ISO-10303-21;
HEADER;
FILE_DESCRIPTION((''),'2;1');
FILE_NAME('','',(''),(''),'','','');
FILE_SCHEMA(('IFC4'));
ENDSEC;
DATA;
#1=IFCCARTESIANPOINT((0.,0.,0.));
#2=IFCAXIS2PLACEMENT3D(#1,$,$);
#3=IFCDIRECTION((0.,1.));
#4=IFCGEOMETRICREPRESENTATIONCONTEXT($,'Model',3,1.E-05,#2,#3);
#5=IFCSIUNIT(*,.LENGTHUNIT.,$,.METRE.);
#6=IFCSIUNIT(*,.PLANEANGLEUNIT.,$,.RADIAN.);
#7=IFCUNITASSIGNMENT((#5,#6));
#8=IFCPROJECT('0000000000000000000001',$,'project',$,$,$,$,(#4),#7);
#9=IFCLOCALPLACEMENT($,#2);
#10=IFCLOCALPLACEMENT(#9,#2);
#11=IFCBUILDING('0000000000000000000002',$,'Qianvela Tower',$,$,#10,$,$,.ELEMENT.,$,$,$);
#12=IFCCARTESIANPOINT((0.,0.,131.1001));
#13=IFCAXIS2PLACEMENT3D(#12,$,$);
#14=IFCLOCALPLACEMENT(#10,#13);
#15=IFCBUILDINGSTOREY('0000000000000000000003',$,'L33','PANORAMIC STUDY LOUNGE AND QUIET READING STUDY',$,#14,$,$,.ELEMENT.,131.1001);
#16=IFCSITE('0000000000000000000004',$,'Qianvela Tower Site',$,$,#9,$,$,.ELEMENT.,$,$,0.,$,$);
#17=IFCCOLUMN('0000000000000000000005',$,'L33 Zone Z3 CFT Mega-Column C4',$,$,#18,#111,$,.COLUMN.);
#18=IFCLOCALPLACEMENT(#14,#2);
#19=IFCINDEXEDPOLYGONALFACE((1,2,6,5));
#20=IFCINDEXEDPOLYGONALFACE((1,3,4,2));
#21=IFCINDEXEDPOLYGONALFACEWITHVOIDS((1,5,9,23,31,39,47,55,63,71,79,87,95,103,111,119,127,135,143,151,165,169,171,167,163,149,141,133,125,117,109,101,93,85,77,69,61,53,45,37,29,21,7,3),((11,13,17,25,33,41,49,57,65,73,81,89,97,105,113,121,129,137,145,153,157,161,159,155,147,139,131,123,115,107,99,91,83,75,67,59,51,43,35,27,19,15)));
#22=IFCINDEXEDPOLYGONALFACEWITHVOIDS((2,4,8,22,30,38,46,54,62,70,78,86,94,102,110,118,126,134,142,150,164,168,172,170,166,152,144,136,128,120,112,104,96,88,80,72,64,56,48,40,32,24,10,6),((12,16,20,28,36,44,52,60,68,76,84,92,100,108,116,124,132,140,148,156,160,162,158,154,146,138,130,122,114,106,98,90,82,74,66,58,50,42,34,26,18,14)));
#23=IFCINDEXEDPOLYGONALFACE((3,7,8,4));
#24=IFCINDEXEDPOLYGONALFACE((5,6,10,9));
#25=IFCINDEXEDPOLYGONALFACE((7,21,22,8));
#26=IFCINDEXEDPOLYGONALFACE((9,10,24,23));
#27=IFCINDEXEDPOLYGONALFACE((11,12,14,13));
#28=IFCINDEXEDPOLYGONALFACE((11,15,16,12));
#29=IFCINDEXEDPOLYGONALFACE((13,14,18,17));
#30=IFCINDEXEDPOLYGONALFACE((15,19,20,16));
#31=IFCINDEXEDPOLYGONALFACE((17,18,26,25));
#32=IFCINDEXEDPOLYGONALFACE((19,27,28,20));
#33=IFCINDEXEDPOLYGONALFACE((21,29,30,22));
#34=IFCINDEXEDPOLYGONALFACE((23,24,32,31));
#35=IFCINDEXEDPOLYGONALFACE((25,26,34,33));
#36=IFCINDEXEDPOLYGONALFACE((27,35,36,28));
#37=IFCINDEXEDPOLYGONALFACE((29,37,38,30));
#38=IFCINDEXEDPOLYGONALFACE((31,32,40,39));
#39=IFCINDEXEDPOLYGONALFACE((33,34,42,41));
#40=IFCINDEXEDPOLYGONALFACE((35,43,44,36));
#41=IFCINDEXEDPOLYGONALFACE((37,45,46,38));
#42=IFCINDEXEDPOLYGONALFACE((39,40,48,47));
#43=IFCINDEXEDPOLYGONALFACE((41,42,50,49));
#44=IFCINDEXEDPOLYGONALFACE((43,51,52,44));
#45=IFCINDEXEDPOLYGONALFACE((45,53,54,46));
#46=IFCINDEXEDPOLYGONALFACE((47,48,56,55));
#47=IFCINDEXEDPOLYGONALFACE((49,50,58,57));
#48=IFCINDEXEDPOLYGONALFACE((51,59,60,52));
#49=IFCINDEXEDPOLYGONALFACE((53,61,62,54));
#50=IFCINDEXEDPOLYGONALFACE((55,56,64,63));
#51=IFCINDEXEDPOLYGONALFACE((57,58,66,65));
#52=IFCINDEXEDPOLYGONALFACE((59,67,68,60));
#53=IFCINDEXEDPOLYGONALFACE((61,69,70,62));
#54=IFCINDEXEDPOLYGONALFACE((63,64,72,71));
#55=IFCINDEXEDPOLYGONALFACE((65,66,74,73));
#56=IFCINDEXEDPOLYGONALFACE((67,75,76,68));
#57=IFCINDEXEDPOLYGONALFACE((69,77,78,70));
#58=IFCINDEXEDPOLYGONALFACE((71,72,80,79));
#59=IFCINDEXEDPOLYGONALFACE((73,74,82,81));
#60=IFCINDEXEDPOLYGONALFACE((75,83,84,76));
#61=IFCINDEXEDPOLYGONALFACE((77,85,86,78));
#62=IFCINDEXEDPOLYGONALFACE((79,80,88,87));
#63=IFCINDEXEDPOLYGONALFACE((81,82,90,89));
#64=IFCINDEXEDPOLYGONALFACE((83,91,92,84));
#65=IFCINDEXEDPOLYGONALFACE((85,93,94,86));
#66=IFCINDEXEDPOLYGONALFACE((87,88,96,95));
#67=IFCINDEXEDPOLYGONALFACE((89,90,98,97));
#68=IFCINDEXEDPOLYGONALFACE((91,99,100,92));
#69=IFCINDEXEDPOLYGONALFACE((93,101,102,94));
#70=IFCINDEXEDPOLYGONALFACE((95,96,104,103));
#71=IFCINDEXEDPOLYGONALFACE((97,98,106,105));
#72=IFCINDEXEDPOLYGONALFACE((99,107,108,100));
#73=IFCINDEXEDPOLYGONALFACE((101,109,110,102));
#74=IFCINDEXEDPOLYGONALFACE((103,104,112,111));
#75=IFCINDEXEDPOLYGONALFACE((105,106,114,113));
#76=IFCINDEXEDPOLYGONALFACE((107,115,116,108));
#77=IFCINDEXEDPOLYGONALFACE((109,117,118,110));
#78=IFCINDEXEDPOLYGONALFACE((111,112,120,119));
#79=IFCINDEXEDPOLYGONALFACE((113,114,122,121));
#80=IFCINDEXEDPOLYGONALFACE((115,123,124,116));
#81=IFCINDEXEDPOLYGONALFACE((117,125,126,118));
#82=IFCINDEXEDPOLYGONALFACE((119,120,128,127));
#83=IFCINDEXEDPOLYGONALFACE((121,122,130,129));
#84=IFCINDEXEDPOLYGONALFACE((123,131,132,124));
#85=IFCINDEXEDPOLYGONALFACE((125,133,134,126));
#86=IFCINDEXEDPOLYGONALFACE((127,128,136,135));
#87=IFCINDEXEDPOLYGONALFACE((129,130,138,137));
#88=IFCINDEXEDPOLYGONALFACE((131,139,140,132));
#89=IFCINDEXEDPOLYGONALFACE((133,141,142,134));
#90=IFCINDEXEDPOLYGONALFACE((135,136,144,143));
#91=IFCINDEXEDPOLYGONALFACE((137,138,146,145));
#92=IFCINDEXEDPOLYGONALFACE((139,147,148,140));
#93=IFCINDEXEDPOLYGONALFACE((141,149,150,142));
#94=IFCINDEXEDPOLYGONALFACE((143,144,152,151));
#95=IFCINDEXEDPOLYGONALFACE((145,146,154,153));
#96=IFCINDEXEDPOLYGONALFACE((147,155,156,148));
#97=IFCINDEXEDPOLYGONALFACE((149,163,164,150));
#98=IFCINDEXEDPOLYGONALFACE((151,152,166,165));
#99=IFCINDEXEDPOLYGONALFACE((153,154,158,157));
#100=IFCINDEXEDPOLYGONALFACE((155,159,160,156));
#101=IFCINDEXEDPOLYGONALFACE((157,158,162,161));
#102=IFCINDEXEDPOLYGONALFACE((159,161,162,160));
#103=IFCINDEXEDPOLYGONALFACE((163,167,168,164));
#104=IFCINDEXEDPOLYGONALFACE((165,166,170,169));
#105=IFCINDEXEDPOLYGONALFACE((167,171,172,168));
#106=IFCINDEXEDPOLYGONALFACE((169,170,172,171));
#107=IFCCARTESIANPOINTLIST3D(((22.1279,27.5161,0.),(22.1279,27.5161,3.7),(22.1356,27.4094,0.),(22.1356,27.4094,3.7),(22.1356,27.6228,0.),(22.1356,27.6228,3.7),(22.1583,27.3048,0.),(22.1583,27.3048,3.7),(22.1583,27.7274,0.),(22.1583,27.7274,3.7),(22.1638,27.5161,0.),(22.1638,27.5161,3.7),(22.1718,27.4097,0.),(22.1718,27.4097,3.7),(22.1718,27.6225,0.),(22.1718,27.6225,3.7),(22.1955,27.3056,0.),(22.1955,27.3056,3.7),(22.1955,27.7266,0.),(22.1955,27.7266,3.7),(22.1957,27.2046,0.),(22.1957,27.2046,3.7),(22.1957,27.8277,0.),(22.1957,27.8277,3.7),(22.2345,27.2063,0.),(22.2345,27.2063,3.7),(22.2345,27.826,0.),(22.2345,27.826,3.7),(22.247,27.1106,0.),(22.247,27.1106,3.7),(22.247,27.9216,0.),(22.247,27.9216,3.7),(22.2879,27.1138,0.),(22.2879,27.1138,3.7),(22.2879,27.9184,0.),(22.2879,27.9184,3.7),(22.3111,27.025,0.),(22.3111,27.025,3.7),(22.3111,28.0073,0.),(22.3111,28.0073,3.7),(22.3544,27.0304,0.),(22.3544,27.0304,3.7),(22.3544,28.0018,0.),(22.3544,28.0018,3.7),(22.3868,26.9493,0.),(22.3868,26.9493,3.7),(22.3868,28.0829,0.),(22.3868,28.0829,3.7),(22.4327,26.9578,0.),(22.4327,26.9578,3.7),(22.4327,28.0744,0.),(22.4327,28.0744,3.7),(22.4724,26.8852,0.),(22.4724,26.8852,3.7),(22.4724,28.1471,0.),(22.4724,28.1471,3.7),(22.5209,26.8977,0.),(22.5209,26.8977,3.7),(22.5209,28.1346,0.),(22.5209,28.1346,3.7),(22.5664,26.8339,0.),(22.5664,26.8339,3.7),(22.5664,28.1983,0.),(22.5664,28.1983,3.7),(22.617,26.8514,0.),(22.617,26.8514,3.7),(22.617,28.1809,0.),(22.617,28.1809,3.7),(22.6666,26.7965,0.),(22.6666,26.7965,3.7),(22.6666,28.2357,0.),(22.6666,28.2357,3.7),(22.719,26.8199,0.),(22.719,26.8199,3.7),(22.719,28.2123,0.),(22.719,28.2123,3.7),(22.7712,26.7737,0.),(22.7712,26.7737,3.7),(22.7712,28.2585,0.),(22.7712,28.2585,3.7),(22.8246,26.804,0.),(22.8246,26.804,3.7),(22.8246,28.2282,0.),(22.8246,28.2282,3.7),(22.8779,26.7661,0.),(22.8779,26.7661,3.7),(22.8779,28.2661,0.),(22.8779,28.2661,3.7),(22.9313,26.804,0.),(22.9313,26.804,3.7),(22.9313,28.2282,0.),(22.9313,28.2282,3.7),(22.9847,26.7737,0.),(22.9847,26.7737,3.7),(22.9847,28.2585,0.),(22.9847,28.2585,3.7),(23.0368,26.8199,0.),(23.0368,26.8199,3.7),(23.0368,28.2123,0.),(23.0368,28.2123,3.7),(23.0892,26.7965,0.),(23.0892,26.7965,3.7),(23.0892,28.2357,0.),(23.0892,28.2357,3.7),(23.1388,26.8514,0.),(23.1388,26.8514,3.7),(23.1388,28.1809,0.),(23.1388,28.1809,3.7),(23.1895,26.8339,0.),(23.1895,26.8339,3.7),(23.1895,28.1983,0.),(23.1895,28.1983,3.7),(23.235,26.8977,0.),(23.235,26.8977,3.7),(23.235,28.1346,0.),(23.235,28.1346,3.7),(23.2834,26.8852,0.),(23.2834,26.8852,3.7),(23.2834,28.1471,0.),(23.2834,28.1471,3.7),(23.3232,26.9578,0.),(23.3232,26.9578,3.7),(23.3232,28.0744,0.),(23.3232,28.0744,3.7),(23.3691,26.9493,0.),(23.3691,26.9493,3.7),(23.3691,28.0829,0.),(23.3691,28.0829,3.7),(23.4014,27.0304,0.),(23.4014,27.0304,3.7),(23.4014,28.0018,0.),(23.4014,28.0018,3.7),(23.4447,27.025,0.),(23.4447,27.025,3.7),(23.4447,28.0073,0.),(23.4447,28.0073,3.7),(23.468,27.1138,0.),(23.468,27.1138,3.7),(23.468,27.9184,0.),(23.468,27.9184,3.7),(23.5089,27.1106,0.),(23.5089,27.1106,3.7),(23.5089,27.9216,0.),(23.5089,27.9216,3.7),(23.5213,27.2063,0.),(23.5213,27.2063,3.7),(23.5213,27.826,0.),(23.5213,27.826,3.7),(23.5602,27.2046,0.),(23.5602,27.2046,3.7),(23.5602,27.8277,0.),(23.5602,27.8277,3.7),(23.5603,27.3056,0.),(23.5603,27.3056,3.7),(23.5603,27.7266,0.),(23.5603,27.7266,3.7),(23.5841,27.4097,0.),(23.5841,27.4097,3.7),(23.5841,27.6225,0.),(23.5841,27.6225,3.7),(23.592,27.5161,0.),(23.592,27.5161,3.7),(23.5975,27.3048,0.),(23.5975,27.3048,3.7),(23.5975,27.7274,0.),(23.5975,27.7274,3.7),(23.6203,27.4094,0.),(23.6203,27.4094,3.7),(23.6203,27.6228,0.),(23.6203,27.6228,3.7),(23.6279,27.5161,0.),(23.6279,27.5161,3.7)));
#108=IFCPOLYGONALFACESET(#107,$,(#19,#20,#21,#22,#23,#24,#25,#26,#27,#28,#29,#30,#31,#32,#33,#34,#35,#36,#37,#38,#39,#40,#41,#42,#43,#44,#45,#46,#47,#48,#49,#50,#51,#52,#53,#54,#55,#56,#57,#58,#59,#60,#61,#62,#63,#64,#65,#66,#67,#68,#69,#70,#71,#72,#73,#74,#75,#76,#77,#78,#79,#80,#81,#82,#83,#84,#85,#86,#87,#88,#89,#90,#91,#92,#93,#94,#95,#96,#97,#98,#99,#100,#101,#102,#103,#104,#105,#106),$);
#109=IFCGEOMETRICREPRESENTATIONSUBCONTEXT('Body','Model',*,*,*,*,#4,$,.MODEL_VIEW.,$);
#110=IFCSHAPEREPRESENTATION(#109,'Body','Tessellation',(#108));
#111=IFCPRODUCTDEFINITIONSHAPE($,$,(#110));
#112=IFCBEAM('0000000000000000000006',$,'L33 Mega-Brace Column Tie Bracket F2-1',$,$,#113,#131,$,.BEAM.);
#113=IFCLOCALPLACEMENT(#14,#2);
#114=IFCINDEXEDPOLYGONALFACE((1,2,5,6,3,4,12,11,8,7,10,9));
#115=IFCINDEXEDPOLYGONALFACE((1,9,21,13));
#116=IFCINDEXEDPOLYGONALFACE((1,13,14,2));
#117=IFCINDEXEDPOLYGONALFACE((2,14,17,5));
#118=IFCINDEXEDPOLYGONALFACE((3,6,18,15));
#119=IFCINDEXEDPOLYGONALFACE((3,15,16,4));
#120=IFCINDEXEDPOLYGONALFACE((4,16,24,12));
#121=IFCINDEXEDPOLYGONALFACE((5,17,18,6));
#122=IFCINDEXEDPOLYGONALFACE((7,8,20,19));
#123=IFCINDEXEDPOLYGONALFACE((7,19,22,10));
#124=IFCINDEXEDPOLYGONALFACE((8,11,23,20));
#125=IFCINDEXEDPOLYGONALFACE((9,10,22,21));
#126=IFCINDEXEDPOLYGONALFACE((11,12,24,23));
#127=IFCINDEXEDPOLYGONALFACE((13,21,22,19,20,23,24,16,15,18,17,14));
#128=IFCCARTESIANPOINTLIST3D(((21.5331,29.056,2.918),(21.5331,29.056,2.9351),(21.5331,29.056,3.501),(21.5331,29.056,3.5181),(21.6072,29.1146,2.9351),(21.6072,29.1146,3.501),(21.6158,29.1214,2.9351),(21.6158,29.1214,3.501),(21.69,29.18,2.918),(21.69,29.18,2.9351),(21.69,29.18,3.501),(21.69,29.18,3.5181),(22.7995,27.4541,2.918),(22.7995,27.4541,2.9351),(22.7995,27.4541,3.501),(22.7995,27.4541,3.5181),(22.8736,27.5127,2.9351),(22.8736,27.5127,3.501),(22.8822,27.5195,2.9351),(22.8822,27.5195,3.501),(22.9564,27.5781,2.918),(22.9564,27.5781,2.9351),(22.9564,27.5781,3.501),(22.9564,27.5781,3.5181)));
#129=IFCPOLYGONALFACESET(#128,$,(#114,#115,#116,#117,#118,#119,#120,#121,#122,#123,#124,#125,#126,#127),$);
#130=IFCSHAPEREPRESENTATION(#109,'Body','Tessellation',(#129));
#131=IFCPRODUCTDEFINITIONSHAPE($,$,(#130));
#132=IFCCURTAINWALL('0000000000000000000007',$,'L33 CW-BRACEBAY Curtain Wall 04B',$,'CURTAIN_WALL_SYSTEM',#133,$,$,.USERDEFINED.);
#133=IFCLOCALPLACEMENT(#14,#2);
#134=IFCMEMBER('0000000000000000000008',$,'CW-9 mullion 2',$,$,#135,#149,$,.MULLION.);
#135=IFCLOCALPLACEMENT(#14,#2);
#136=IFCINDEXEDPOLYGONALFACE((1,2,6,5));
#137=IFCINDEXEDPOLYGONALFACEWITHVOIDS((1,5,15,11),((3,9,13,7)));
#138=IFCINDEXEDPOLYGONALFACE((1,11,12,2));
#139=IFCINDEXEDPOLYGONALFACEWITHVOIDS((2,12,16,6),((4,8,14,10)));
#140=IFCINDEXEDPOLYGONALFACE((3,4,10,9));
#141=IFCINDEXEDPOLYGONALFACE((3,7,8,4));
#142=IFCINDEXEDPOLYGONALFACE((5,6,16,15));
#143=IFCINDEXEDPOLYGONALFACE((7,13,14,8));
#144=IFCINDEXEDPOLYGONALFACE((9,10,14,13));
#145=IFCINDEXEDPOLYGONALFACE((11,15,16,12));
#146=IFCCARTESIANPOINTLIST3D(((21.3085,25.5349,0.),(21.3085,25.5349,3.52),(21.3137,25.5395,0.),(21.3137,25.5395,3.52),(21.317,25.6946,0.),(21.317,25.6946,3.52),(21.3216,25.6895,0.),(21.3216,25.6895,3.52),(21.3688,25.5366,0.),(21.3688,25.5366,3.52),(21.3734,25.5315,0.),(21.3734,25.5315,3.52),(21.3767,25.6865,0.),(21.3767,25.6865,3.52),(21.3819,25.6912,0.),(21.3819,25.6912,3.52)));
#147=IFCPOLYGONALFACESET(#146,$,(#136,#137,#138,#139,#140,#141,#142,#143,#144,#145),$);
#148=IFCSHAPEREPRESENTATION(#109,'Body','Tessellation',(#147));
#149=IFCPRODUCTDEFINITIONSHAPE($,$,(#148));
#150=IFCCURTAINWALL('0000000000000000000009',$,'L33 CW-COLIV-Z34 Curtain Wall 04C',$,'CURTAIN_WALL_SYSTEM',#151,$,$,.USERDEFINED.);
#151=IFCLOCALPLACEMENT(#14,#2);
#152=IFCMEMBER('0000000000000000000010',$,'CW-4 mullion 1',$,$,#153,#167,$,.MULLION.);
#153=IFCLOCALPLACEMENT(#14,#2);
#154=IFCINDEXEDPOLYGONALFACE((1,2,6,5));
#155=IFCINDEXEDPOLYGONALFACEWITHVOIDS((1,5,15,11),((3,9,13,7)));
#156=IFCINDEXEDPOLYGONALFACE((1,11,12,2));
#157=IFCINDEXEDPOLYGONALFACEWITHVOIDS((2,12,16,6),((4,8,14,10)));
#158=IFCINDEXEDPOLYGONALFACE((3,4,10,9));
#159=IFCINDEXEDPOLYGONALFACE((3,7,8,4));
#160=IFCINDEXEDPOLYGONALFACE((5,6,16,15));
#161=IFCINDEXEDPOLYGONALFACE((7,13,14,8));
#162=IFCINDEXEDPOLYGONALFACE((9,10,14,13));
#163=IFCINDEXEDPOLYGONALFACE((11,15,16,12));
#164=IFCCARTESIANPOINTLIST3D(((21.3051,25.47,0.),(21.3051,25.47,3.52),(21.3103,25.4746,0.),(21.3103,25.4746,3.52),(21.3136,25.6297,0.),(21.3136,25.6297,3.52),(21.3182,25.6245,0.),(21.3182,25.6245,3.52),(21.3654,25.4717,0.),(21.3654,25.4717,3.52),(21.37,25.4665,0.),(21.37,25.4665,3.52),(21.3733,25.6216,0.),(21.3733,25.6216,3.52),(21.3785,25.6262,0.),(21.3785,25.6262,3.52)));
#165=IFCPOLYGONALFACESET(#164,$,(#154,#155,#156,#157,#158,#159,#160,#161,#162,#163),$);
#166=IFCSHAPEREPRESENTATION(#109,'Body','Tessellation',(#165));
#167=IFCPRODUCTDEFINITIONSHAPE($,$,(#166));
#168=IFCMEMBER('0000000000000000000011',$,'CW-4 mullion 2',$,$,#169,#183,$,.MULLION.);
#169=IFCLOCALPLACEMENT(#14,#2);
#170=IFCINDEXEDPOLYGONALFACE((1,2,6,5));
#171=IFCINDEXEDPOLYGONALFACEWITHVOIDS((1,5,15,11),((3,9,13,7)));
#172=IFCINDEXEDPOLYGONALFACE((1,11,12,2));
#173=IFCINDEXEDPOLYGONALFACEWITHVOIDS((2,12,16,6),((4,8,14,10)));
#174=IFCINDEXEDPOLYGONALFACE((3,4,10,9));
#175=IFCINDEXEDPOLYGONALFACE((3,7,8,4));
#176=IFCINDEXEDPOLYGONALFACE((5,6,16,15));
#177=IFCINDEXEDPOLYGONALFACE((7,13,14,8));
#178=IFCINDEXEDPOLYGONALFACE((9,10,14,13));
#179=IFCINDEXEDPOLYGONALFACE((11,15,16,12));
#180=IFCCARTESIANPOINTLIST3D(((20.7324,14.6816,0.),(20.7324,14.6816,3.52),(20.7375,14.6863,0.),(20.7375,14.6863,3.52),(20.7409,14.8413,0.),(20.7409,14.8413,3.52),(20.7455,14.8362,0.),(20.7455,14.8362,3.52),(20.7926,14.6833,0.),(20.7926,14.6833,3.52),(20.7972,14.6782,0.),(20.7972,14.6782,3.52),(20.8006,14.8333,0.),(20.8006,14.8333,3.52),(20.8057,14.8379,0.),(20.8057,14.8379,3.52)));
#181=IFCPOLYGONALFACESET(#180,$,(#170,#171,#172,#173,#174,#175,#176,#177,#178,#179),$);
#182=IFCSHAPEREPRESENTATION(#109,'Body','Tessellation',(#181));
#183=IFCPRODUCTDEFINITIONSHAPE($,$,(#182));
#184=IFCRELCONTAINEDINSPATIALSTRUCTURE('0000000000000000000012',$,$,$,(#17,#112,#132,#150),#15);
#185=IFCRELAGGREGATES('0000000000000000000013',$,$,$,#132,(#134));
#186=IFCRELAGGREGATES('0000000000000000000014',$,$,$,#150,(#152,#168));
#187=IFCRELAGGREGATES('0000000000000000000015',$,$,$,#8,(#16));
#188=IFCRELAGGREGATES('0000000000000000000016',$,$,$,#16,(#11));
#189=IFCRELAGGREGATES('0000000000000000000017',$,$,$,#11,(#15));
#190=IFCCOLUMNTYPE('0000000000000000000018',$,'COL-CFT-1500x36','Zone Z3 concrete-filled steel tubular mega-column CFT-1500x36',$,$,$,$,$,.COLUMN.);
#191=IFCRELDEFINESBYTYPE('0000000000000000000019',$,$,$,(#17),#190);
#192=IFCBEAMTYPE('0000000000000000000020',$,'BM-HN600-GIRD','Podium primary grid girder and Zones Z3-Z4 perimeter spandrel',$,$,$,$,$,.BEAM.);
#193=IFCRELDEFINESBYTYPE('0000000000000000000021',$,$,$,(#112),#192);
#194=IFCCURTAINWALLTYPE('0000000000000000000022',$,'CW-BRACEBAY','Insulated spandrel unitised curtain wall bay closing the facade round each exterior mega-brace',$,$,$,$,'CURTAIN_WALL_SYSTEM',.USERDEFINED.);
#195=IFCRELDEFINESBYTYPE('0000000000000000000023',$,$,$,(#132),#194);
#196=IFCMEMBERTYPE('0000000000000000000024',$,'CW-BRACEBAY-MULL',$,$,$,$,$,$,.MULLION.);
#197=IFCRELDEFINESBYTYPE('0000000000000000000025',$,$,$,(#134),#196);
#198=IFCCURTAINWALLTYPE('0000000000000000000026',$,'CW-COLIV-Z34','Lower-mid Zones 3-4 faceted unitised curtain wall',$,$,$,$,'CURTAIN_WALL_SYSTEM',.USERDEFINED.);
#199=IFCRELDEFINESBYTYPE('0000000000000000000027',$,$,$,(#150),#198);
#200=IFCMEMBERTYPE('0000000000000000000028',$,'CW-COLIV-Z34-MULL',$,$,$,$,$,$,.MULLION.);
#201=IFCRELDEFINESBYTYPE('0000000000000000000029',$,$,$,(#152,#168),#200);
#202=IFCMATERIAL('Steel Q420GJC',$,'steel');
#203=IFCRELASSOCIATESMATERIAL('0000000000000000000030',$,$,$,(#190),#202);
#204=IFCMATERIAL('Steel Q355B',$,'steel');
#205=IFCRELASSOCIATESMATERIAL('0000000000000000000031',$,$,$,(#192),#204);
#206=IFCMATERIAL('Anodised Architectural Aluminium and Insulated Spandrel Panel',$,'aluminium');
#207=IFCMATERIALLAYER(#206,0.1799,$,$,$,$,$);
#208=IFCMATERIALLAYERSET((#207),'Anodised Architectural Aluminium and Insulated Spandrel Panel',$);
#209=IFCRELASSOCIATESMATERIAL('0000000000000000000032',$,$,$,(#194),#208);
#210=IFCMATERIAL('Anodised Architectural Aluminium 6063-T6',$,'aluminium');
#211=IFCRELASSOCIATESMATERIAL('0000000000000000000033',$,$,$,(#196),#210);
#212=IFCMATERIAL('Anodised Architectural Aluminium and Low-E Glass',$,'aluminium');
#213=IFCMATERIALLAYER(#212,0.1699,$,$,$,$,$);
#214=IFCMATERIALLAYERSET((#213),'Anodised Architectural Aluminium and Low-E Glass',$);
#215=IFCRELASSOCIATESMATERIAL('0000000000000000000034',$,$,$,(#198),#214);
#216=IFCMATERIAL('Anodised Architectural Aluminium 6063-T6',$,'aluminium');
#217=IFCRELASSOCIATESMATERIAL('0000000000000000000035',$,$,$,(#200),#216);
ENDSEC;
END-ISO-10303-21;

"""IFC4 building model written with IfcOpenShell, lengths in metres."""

from ifc_helpers import new_model, si_unit, direction, frame, origin, origin_2d, place, context, subcontext, project, spatial, hollow_rectangle, hollow_circle, i_section, extrude, material, layer, layer_set, material_profile, profile_set, type_object, element, aggregate, save


model = new_model("IFC4")

# Units and contexts
model_context = context("Model", 3, precision=1e-05, world=origin(), true_north=direction((0.0, 1.0)))
body_context = subcontext(model_context, "Body", "Model", "MODEL_VIEW")
ifc_project = project(units=[si_unit("LENGTHUNIT", "METRE"), si_unit("PLANEANGLEUNIT", "RADIAN")], contexts=[model_context])

# Site, building, storey
site_placement = place(None, origin())
site = spatial("IfcSite", under=ifc_project, at=site_placement, Name="Qianvela Tower Site", CompositionType="ELEMENT", RefElevation=0.0)
building_placement = place(site_placement, origin())
building = spatial("IfcBuilding", under=site, at=building_placement, Name="Qianvela Tower", CompositionType="ELEMENT")
storey_placement = place(building_placement, frame((0.0, 0.0, 131.1001)))
storey = spatial("IfcBuildingStorey", under=building, at=storey_placement, Name="L33", Description="PANORAMIC STUDY LOUNGE AND QUIET READING STUDY", CompositionType="ELEMENT", Elevation=131.1001)

# Column
ifc_material_1 = material(Name="Steel Q420GJC", Category="steel")
ifc_material_profile_1 = material_profile(ifc_material_1, hollow_circle(Radius=0.75, WallThickness=0.0359, at=origin_2d()), Name="CFT-1500x36")
ifc_profile_set_1 = profile_set([ifc_material_profile_1], Name="Steel Q420GJC")
column_type = type_object("IfcColumnType", Name="COL-CFT-1500x36", Description="Zone Z3 concrete-filled steel tubular mega-column CFT-1500x36", PredefinedType="COLUMN", material=ifc_profile_set_1)
column_placement = place(storey_placement, frame((22.8779, 27.5161, 0.0), z_axis=(0.0, 0.0, 1.0), x_axis=(1.0, 0.0, 0.0)))
element("IfcColumn", 1, at=column_placement, inside=storey, type_object=column_type, Name="L33 Zone Z3 CFT Mega-Column C4", PredefinedType="COLUMN", context=body_context, shape_type="SweptSolid", body=[
    extrude(hollow_circle(Radius=0.75, WallThickness=0.0359, at=origin_2d()), origin(), (0.0, 0.0, 1.0), 3.7),
])

# Beam
ifc_material_2 = material(Name="Steel Q355B", Category="steel")
ifc_material_profile_2 = material_profile(ifc_material_2, i_section(OverallWidth=0.2, OverallDepth=0.6001, WebThickness=0.011, FlangeThickness=0.0171, at=origin_2d()), Name="HN600x200x11x17")
ifc_profile_set_2 = profile_set([ifc_material_profile_2], Name="Steel Q355B")
beam_type = type_object("IfcBeamType", Name="BM-HN600-GIRD", Description="Podium primary grid girder and Zones Z3-Z4 perimeter spandrel", PredefinedType="BEAM", material=ifc_profile_set_2)
beam_placement = place(storey_placement, frame((22.8779, 27.5161, 3.218), z_axis=(-0.620179, 0.78446, 0.0), x_axis=(-0.78446, -0.620179, 0.0)))
element("IfcBeam", 2, at=beam_placement, inside=storey, type_object=beam_type, Name="L33 Mega-Brace Column Tie Bracket F2-1", PredefinedType="BEAM", context=body_context, shape_type="SweptSolid", body=[
    extrude(i_section(OverallWidth=0.2, OverallDepth=0.6001, WebThickness=0.011, FlangeThickness=0.0171, at=origin_2d()), origin(), (0.0, 0.0, 1.0), 2.042),
])

# Curtain wall, member
ifc_material_3 = material(Name="Anodised Architectural Aluminium and Insulated Spandrel Panel", Category="aluminium")
ifc_layer_1 = layer(ifc_material_3, 0.1799)
ifc_layer_set_1 = layer_set([ifc_layer_1], Name="Anodised Architectural Aluminium and Insulated Spandrel Panel")
curtain_wall_type_1 = type_object("IfcCurtainWallType", Name="CW-BRACEBAY", Description="Insulated spandrel unitised curtain wall bay closing the facade round each exterior mega-brace", ElementType="CURTAIN_WALL_SYSTEM", PredefinedType="USERDEFINED", material=ifc_layer_set_1)
curtain_wall_1_placement = place(storey_placement, origin())
curtain_wall_1 = element("IfcCurtainWall", 3, at=curtain_wall_1_placement, inside=storey, type_object=curtain_wall_type_1, Name="L33 CW-BRACEBAY Curtain Wall 04B", ObjectType="CURTAIN_WALL_SYSTEM", PredefinedType="USERDEFINED")
ifc_material_4 = material(Name="Anodised Architectural Aluminium 6063-T6", Category="aluminium")
ifc_material_profile_3 = material_profile(ifc_material_4, hollow_rectangle(XDim=0.0649, YDim=0.1599, WallThickness=0.0049, at=origin_2d()), Name="ALU-MULL-65x160")
ifc_profile_set_3 = profile_set([ifc_material_profile_3], Name="Anodised Architectural Aluminium 6063-T6")
member_type_1 = type_object("IfcMemberType", Name="CW-BRACEBAY-MULL", PredefinedType="MULLION", material=ifc_profile_set_3)
member_1_placement = place(storey_placement, frame((21.3452, 25.613, 0.0), z_axis=(0.0, 0.0, 1.0), x_axis=(0.998592, -0.053052, 0.0)))
member_1 = element("IfcMember", 4, at=member_1_placement, type_object=member_type_1, Name="CW-9 mullion 2", PredefinedType="MULLION", context=body_context, shape_type="SweptSolid", body=[
    extrude(hollow_rectangle(XDim=0.0649, YDim=0.1599, WallThickness=0.0049, at=origin_2d()), origin(), (0.0, 0.0, 1.0), 3.52),
])
aggregate(curtain_wall_1, [member_1])

# Curtain wall, members
ifc_material_5 = material(Name="Anodised Architectural Aluminium and Low-E Glass", Category="aluminium")
ifc_layer_2 = layer(ifc_material_5, 0.1699)
ifc_layer_set_2 = layer_set([ifc_layer_2], Name="Anodised Architectural Aluminium and Low-E Glass")
curtain_wall_type_2 = type_object("IfcCurtainWallType", Name="CW-COLIV-Z34", Description="Lower-mid Zones 3-4 faceted unitised curtain wall", ElementType="CURTAIN_WALL_SYSTEM", PredefinedType="USERDEFINED", material=ifc_layer_set_2)
curtain_wall_2_placement = place(storey_placement, origin())
curtain_wall_2 = element("IfcCurtainWall", 5, at=curtain_wall_2_placement, inside=storey, type_object=curtain_wall_type_2, Name="L33 CW-COLIV-Z34 Curtain Wall 04C", ObjectType="CURTAIN_WALL_SYSTEM", PredefinedType="USERDEFINED")
ifc_material_6 = material(Name="Anodised Architectural Aluminium 6063-T6", Category="aluminium")
ifc_material_profile_4 = material_profile(ifc_material_6, hollow_rectangle(XDim=0.0649, YDim=0.1599, WallThickness=0.0049, at=origin_2d()), Name="ALU-MULL-65x160")
ifc_profile_set_4 = profile_set([ifc_material_profile_4], Name="Anodised Architectural Aluminium 6063-T6")
member_type_2 = type_object("IfcMemberType", Name="CW-COLIV-Z34-MULL", PredefinedType="MULLION", material=ifc_profile_set_4)
member_2_placement = place(storey_placement, frame((21.3418, 25.5481, 0.0), z_axis=(0.0, 0.0, 1.0), x_axis=(0.998593, -0.053024, 0.0)))
member_2 = element("IfcMember", 6, at=member_2_placement, type_object=member_type_2, Name="CW-4 mullion 1", PredefinedType="MULLION", context=body_context, shape_type="SweptSolid", body=[
    extrude(hollow_rectangle(XDim=0.0649, YDim=0.1599, WallThickness=0.0049, at=origin_2d()), origin(), (0.0, 0.0, 1.0), 3.52),
])
member_3_placement = place(storey_placement, frame((20.769, 14.7598, 0.0), z_axis=(0.0, 0.0, 1.0), x_axis=(0.998593, -0.053024, 0.0)))
member_3 = element("IfcMember", 7, at=member_3_placement, type_object=member_type_2, Name="CW-4 mullion 2", PredefinedType="MULLION", context=body_context, shape_type="SweptSolid", body=[
    extrude(hollow_rectangle(XDim=0.0649, YDim=0.1599, WallThickness=0.0049, at=origin_2d()), origin(), (0.0, 0.0, 1.0), 3.52),
])

aggregate(curtain_wall_2, [member_2, member_3])

save(model, "model.ifc")
